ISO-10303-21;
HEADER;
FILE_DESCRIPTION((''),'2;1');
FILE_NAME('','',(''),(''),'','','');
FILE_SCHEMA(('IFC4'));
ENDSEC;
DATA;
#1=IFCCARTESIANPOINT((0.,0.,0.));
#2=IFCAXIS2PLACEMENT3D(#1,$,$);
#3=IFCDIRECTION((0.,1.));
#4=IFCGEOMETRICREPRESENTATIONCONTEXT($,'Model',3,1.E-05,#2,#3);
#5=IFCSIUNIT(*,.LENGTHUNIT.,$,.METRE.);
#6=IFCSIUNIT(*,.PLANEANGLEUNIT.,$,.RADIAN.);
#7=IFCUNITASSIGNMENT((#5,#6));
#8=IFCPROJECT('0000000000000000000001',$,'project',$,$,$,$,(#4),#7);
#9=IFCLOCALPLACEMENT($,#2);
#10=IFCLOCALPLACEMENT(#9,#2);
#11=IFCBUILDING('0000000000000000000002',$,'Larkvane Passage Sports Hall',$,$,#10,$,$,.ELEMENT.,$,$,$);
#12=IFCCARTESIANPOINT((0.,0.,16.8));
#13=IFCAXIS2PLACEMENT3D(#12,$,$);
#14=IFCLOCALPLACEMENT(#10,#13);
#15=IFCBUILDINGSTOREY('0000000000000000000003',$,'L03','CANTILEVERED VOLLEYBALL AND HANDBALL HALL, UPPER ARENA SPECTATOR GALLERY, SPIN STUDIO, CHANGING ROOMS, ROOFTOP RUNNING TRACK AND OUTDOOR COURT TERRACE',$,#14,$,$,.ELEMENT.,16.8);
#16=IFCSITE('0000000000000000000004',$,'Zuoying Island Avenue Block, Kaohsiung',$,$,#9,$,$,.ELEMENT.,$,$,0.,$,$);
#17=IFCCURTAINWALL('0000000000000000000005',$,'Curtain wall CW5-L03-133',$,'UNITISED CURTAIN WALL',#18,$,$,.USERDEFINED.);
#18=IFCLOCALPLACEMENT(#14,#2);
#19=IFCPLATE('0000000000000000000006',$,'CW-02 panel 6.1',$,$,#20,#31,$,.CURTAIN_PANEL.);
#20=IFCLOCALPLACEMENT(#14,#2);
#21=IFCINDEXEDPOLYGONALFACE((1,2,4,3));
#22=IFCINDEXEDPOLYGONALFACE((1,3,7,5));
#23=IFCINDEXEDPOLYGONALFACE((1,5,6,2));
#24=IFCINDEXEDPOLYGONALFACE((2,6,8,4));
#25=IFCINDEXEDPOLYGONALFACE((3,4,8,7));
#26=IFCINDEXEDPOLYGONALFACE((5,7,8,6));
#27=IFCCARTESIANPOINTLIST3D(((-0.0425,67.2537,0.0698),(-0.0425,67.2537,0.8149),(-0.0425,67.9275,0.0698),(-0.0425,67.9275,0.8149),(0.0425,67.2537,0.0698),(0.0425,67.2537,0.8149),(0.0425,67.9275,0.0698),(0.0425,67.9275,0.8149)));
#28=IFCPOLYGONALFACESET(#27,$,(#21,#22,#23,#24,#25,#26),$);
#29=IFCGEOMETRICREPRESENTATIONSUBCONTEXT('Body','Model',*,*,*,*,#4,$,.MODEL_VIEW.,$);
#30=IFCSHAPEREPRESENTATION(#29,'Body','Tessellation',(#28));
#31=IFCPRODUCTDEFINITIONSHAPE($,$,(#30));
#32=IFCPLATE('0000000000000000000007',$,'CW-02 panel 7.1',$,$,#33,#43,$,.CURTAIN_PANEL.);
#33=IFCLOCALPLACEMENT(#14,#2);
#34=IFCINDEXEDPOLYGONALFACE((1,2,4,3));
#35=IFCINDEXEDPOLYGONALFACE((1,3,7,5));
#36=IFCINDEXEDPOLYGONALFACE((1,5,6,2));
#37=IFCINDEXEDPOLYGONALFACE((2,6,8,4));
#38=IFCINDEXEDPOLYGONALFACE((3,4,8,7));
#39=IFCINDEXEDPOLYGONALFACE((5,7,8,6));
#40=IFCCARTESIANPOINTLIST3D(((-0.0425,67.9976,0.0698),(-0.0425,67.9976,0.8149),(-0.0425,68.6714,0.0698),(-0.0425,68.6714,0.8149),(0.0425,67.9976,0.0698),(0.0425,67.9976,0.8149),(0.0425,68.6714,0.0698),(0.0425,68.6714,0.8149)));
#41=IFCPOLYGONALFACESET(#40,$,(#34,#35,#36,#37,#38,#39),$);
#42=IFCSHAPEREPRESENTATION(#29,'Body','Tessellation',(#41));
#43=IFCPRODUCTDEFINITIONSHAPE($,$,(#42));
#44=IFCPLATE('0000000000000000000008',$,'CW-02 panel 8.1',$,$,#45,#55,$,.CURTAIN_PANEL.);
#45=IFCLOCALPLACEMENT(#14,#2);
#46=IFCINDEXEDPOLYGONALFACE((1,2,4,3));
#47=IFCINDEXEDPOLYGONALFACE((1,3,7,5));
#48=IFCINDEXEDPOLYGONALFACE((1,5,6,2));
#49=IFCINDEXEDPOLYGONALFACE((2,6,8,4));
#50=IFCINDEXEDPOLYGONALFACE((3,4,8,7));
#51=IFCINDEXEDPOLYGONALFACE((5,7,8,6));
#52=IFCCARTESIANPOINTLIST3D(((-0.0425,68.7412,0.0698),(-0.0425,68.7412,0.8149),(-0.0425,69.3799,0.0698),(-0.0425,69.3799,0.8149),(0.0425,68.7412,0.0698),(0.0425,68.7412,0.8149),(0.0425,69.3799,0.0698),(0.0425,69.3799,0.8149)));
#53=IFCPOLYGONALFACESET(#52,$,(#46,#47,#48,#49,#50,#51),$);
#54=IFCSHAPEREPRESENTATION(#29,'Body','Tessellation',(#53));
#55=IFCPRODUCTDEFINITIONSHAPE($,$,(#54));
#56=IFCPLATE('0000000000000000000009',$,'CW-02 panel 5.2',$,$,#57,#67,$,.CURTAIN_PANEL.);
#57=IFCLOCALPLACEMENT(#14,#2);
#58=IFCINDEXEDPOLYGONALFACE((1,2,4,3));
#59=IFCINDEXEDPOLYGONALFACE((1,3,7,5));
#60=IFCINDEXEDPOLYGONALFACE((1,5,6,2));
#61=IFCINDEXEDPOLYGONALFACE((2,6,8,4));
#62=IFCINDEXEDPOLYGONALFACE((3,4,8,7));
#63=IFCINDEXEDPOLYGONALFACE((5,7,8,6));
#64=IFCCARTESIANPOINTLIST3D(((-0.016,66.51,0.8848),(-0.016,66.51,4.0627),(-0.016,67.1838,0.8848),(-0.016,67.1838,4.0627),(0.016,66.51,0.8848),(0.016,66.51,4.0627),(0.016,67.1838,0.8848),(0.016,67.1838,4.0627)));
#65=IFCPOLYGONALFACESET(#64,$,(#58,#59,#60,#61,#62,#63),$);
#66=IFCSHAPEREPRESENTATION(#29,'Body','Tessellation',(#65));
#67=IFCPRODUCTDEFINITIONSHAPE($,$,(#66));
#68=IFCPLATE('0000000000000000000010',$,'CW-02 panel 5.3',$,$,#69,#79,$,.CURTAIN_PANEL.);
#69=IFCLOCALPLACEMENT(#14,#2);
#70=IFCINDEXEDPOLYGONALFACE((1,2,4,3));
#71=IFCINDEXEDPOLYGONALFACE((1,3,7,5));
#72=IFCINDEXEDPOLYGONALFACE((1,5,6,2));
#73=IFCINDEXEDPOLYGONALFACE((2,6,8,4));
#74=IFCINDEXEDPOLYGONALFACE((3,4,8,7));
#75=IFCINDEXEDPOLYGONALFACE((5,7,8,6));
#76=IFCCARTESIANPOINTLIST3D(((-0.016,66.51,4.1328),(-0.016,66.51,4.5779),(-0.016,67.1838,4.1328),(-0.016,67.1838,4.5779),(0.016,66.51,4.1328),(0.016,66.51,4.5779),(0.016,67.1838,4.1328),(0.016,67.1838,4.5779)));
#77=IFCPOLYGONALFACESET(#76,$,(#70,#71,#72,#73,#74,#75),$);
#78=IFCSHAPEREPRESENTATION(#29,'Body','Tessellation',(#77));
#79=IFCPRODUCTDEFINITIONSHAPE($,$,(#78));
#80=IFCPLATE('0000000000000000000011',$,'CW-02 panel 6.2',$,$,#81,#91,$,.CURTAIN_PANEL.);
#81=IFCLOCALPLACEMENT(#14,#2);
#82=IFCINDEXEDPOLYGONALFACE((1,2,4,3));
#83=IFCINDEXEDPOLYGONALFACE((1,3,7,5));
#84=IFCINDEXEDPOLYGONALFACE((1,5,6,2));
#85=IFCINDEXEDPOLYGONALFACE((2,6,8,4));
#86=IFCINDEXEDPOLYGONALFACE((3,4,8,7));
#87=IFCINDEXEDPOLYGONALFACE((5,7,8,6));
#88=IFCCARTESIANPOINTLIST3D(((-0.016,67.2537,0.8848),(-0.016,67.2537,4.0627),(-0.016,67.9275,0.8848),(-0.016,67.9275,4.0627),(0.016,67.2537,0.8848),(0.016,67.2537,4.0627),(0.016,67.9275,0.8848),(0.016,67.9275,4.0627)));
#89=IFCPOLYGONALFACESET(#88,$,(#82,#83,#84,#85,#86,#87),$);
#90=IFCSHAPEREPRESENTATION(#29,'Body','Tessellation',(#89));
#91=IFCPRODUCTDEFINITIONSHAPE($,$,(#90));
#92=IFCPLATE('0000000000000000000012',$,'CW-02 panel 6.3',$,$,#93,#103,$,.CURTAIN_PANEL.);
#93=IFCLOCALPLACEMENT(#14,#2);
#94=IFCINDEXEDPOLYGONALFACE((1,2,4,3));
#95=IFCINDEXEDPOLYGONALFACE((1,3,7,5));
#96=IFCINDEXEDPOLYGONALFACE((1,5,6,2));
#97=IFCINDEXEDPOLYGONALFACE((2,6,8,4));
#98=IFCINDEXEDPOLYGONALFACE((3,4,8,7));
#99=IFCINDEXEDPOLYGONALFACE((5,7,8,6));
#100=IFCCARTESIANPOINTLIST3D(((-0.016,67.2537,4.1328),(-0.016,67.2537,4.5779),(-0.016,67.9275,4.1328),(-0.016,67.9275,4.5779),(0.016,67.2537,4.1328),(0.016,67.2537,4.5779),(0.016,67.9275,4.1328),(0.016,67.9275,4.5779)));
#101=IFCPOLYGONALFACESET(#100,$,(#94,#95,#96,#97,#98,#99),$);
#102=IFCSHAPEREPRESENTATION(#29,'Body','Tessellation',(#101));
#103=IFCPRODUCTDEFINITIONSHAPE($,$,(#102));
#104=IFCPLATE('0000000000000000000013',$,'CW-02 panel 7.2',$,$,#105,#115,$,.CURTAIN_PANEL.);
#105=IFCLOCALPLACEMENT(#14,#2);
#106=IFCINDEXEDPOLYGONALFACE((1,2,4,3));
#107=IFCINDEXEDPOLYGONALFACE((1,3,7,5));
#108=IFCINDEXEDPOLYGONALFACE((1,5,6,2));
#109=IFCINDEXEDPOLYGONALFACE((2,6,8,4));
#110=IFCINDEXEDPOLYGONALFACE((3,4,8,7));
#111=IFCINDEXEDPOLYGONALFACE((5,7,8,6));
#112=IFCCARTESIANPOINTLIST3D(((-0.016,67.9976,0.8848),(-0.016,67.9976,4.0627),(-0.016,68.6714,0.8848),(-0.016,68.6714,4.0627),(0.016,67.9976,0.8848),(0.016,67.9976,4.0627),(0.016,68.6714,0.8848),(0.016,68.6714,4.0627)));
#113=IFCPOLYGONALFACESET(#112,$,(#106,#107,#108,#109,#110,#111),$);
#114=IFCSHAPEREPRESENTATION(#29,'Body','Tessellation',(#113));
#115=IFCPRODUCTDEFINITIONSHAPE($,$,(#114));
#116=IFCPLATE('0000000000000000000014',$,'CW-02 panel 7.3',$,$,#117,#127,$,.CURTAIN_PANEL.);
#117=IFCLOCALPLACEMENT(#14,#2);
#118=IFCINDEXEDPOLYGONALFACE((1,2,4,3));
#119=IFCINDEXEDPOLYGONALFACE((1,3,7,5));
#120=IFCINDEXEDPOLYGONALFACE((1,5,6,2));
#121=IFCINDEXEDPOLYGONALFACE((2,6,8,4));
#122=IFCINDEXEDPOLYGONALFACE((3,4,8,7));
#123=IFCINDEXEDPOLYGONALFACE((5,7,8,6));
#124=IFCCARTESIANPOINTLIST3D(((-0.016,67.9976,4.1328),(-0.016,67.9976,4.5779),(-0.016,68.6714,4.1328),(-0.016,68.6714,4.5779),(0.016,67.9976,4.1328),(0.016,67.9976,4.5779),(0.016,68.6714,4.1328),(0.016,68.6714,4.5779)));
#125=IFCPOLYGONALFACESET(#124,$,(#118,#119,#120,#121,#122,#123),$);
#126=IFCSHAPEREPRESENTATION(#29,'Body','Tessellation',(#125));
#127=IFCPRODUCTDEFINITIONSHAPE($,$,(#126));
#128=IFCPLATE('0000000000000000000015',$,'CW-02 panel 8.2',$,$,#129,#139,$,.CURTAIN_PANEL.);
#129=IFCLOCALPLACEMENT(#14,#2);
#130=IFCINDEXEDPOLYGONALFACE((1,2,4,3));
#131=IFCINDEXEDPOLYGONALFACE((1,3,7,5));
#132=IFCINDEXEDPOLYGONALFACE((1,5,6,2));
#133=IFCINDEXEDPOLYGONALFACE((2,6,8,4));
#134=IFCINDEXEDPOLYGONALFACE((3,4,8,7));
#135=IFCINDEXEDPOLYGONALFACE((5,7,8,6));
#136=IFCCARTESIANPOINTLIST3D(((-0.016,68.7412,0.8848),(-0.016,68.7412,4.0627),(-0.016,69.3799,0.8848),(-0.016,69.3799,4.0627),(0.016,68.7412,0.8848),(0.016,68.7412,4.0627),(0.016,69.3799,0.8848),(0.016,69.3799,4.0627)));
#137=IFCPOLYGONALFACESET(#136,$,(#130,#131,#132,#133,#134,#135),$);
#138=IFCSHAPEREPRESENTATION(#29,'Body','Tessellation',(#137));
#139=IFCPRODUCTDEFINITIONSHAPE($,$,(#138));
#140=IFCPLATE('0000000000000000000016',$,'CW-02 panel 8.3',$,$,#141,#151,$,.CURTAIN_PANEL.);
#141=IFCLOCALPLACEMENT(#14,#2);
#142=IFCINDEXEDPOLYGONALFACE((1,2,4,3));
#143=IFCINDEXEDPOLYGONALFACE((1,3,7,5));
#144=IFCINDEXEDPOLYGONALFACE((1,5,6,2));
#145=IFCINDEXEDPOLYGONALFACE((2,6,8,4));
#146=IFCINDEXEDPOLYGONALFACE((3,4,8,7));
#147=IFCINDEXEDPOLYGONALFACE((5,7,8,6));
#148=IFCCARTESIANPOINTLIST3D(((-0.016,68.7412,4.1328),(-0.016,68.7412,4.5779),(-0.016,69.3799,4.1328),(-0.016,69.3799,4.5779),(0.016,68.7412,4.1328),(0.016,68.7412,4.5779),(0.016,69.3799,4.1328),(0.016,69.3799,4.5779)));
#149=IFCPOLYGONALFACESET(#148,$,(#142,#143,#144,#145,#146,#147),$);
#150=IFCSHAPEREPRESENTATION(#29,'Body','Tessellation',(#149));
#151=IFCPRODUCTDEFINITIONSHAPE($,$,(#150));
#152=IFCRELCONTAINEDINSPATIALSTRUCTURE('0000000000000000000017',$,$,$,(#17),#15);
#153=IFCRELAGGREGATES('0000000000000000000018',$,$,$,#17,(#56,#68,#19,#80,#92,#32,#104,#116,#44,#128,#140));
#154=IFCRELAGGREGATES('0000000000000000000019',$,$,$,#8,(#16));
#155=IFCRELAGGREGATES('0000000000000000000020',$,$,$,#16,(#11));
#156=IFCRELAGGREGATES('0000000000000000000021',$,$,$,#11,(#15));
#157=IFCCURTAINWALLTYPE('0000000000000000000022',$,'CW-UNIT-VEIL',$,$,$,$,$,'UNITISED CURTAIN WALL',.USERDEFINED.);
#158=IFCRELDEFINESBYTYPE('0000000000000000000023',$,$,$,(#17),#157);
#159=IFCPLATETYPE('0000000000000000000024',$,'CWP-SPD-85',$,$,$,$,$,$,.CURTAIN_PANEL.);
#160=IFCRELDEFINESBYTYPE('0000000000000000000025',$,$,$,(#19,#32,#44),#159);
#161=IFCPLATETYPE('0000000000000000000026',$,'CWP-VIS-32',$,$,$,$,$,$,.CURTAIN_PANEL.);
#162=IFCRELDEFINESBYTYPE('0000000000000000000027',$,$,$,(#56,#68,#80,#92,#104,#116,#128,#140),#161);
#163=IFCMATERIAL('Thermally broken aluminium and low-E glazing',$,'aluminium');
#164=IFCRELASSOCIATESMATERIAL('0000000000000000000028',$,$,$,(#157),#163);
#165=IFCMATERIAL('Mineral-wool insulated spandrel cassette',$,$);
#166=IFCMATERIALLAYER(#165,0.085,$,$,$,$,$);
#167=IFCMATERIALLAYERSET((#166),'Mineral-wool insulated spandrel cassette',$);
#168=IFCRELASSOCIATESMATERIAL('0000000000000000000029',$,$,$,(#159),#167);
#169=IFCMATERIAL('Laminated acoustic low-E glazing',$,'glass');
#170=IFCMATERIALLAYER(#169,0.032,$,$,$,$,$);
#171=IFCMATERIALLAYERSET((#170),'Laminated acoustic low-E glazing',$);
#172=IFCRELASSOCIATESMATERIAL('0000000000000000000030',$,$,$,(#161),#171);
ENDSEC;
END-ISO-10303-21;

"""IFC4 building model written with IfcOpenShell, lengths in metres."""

from ifc_helpers import new_model, si_unit, direction, frame, origin, origin_2d, place, context, subcontext, project, spatial, rectangle, extrude, material, layer, layer_set, type_object, element, aggregate, save


model = new_model("IFC4")

# Units and contexts
model_context = context("Model", 3, precision=1e-05, world=origin(), true_north=direction((0.0, 1.0)))
body_context = subcontext(model_context, "Body", "Model", "MODEL_VIEW")
ifc_project = project(units=[si_unit("LENGTHUNIT", "METRE"), si_unit("PLANEANGLEUNIT", "RADIAN")], contexts=[model_context])

# Site, building, storey
site_placement = place(None, origin())
site = spatial("IfcSite", under=ifc_project, at=site_placement, Name="Zuoying Island Avenue Block, Kaohsiung", CompositionType="ELEMENT", RefElevation=0.0)
building_placement = place(site_placement, origin())
building = spatial("IfcBuilding", under=site, at=building_placement, Name="Larkvane Passage Sports Hall", CompositionType="ELEMENT")
storey_placement = place(building_placement, frame((0.0, 0.0, 16.8)))
storey = spatial("IfcBuildingStorey", under=building, at=storey_placement, Name="L03", Description="CANTILEVERED VOLLEYBALL AND HANDBALL HALL, UPPER ARENA SPECTATOR GALLERY, SPIN STUDIO, CHANGING ROOMS, ROOFTOP RUNNING TRACK AND OUTDOOR COURT TERRACE", CompositionType="ELEMENT", Elevation=16.8)

# Curtain wall, plates
ifc_material_1 = material(Name="Thermally broken aluminium and low-E glazing", Category="aluminium")
curtain_wall_type = type_object("IfcCurtainWallType", Name="CW-UNIT-VEIL", ElementType="UNITISED CURTAIN WALL", PredefinedType="USERDEFINED", material=ifc_material_1)
curtain_wall_placement = place(storey_placement, origin())
curtain_wall = element("IfcCurtainWall", 1, at=curtain_wall_placement, inside=storey, type_object=curtain_wall_type, Name="Curtain wall CW5-L03-133", ObjectType="UNITISED CURTAIN WALL", PredefinedType="USERDEFINED")
ifc_material_2 = material(Name="Mineral-wool insulated spandrel cassette")
ifc_layer_1 = layer(ifc_material_2, 0.085)
ifc_layer_set_1 = layer_set([ifc_layer_1], Name="Mineral-wool insulated spandrel cassette")
plate_type_1 = type_object("IfcPlateType", Name="CWP-SPD-85", PredefinedType="CURTAIN_PANEL", material=ifc_layer_set_1)
plate_1_placement = place(storey_placement, frame((0.0, 67.5906, 0.0698), z_axis=(0.0, 0.0, 1.0), x_axis=(0.0, 1.0, 0.0)))
plate_1 = element("IfcPlate", 2, at=plate_1_placement, type_object=plate_type_1, Name="CW-02 panel 6.1", PredefinedType="CURTAIN_PANEL", context=body_context, shape_type="SweptSolid", body=[
    extrude(rectangle(XDim=0.6738, YDim=0.085, at=origin_2d()), origin(), (0.0, 0.0, 1.0), 0.7451),
])
plate_2_placement = place(storey_placement, frame((0.0, 68.3345, 0.0698), z_axis=(0.0, 0.0, 1.0), x_axis=(0.0, 1.0, 0.0)))
plate_2 = element("IfcPlate", 3, at=plate_2_placement, type_object=plate_type_1, Name="CW-02 panel 7.1", PredefinedType="CURTAIN_PANEL", context=body_context, shape_type="SweptSolid", body=[
    extrude(rectangle(XDim=0.6738, YDim=0.085, at=origin_2d()), origin(), (0.0, 0.0, 1.0), 0.7451),
])
plate_3_placement = place(storey_placement, frame((0.0, 69.0605, 0.0698), z_axis=(0.0, 0.0, 1.0), x_axis=(0.0, 1.0, 0.0)))
plate_3 = element("IfcPlate", 4, at=plate_3_placement, type_object=plate_type_1, Name="CW-02 panel 8.1", PredefinedType="CURTAIN_PANEL", context=body_context, shape_type="SweptSolid", body=[
    extrude(rectangle(XDim=0.6387, YDim=0.085, at=origin_2d()), origin(), (0.0, 0.0, 1.0), 0.7451),
])
ifc_material_3 = material(Name="Laminated acoustic low-E glazing", Category="glass")
ifc_layer_2 = layer(ifc_material_3, 0.032)
ifc_layer_set_2 = layer_set([ifc_layer_2], Name="Laminated acoustic low-E glazing")
plate_type_2 = type_object("IfcPlateType", Name="CWP-VIS-32", PredefinedType="CURTAIN_PANEL", material=ifc_layer_set_2)
plate_4_placement = place(storey_placement, frame((0.0, 66.8469, 0.8848), z_axis=(0.0, 0.0, 1.0), x_axis=(0.0, 1.0, 0.0)))
plate_4 = element("IfcPlate", 5, at=plate_4_placement, type_object=plate_type_2, Name="CW-02 panel 5.2", PredefinedType="CURTAIN_PANEL", context=body_context, shape_type="SweptSolid", body=[
    extrude(rectangle(XDim=0.6738, YDim=0.032, at=origin_2d()), origin(), (0.0, 0.0, 1.0), 3.178),
])
plate_5_placement = place(storey_placement, frame((0.0, 66.8469, 4.1328), z_axis=(0.0, 0.0, 1.0), x_axis=(0.0, 1.0, 0.0)))
plate_5 = element("IfcPlate", 6, at=plate_5_placement, type_object=plate_type_2, Name="CW-02 panel 5.3", PredefinedType="CURTAIN_PANEL", context=body_context, shape_type="SweptSolid", body=[
    extrude(rectangle(XDim=0.6738, YDim=0.032, at=origin_2d()), origin(), (0.0, 0.0, 1.0), 0.4451),
])
plate_6_placement = place(storey_placement, frame((0.0, 67.5906, 0.8848), z_axis=(0.0, 0.0, 1.0), x_axis=(0.0, 1.0, 0.0)))
plate_6 = element("IfcPlate", 7, at=plate_6_placement, type_object=plate_type_2, Name="CW-02 panel 6.2", PredefinedType="CURTAIN_PANEL", context=body_context, shape_type="SweptSolid", body=[
    extrude(rectangle(XDim=0.6738, YDim=0.032, at=origin_2d()), origin(), (0.0, 0.0, 1.0), 3.178),
])
plate_7_placement = place(storey_placement, frame((0.0, 67.5906, 4.1328), z_axis=(0.0, 0.0, 1.0), x_axis=(0.0, 1.0, 0.0)))
plate_7 = element("IfcPlate", 8, at=plate_7_placement, type_object=plate_type_2, Name="CW-02 panel 6.3", PredefinedType="CURTAIN_PANEL", context=body_context, shape_type="SweptSolid", body=[
    extrude(rectangle(XDim=0.6738, YDim=0.032, at=origin_2d()), origin(), (0.0, 0.0, 1.0), 0.4451),
])
plate_8_placement = place(storey_placement, frame((0.0, 68.3345, 0.8848), z_axis=(0.0, 0.0, 1.0), x_axis=(0.0, 1.0, 0.0)))
plate_8 = element("IfcPlate", 9, at=plate_8_placement, type_object=plate_type_2, Name="CW-02 panel 7.2", PredefinedType="CURTAIN_PANEL", context=body_context, shape_type="SweptSolid", body=[
    extrude(rectangle(XDim=0.6738, YDim=0.032, at=origin_2d()), origin(), (0.0, 0.0, 1.0), 3.178),
])
plate_9_placement = place(storey_placement, frame((0.0, 68.3345, 4.1328), z_axis=(0.0, 0.0, 1.0), x_axis=(0.0, 1.0, 0.0)))
plate_9 = element("IfcPlate", 10, at=plate_9_placement, type_object=plate_type_2, Name="CW-02 panel 7.3", PredefinedType="CURTAIN_PANEL", context=body_context, shape_type="SweptSolid", body=[
    extrude(rectangle(XDim=0.6738, YDim=0.032, at=origin_2d()), origin(), (0.0, 0.0, 1.0), 0.4451),
])
plate_10_placement = place(storey_placement, frame((0.0, 69.0605, 0.8848), z_axis=(0.0, 0.0, 1.0), x_axis=(0.0, 1.0, 0.0)))
plate_10 = element("IfcPlate", 11, at=plate_10_placement, type_object=plate_type_2, Name="CW-02 panel 8.2", PredefinedType="CURTAIN_PANEL", context=body_context, shape_type="SweptSolid", body=[
    extrude(rectangle(XDim=0.6387, YDim=0.032, at=origin_2d()), origin(), (0.0, 0.0, 1.0), 3.178),
])
plate_11_placement = place(storey_placement, frame((0.0, 69.0605, 4.1328), z_axis=(0.0, 0.0, 1.0), x_axis=(0.0, 1.0, 0.0)))
plate_11 = element("IfcPlate", 12, at=plate_11_placement, type_object=plate_type_2, Name="CW-02 panel 8.3", PredefinedType="CURTAIN_PANEL", context=body_context, shape_type="SweptSolid", body=[
    extrude(rectangle(XDim=0.6387, YDim=0.032, at=origin_2d()), origin(), (0.0, 0.0, 1.0), 0.4451),
])
aggregate(curtain_wall, [plate_4, plate_5, plate_1, plate_6, plate_7, plate_2, plate_8, plate_9, plate_3, plate_10, plate_11])

save(model, "model.ifc")
